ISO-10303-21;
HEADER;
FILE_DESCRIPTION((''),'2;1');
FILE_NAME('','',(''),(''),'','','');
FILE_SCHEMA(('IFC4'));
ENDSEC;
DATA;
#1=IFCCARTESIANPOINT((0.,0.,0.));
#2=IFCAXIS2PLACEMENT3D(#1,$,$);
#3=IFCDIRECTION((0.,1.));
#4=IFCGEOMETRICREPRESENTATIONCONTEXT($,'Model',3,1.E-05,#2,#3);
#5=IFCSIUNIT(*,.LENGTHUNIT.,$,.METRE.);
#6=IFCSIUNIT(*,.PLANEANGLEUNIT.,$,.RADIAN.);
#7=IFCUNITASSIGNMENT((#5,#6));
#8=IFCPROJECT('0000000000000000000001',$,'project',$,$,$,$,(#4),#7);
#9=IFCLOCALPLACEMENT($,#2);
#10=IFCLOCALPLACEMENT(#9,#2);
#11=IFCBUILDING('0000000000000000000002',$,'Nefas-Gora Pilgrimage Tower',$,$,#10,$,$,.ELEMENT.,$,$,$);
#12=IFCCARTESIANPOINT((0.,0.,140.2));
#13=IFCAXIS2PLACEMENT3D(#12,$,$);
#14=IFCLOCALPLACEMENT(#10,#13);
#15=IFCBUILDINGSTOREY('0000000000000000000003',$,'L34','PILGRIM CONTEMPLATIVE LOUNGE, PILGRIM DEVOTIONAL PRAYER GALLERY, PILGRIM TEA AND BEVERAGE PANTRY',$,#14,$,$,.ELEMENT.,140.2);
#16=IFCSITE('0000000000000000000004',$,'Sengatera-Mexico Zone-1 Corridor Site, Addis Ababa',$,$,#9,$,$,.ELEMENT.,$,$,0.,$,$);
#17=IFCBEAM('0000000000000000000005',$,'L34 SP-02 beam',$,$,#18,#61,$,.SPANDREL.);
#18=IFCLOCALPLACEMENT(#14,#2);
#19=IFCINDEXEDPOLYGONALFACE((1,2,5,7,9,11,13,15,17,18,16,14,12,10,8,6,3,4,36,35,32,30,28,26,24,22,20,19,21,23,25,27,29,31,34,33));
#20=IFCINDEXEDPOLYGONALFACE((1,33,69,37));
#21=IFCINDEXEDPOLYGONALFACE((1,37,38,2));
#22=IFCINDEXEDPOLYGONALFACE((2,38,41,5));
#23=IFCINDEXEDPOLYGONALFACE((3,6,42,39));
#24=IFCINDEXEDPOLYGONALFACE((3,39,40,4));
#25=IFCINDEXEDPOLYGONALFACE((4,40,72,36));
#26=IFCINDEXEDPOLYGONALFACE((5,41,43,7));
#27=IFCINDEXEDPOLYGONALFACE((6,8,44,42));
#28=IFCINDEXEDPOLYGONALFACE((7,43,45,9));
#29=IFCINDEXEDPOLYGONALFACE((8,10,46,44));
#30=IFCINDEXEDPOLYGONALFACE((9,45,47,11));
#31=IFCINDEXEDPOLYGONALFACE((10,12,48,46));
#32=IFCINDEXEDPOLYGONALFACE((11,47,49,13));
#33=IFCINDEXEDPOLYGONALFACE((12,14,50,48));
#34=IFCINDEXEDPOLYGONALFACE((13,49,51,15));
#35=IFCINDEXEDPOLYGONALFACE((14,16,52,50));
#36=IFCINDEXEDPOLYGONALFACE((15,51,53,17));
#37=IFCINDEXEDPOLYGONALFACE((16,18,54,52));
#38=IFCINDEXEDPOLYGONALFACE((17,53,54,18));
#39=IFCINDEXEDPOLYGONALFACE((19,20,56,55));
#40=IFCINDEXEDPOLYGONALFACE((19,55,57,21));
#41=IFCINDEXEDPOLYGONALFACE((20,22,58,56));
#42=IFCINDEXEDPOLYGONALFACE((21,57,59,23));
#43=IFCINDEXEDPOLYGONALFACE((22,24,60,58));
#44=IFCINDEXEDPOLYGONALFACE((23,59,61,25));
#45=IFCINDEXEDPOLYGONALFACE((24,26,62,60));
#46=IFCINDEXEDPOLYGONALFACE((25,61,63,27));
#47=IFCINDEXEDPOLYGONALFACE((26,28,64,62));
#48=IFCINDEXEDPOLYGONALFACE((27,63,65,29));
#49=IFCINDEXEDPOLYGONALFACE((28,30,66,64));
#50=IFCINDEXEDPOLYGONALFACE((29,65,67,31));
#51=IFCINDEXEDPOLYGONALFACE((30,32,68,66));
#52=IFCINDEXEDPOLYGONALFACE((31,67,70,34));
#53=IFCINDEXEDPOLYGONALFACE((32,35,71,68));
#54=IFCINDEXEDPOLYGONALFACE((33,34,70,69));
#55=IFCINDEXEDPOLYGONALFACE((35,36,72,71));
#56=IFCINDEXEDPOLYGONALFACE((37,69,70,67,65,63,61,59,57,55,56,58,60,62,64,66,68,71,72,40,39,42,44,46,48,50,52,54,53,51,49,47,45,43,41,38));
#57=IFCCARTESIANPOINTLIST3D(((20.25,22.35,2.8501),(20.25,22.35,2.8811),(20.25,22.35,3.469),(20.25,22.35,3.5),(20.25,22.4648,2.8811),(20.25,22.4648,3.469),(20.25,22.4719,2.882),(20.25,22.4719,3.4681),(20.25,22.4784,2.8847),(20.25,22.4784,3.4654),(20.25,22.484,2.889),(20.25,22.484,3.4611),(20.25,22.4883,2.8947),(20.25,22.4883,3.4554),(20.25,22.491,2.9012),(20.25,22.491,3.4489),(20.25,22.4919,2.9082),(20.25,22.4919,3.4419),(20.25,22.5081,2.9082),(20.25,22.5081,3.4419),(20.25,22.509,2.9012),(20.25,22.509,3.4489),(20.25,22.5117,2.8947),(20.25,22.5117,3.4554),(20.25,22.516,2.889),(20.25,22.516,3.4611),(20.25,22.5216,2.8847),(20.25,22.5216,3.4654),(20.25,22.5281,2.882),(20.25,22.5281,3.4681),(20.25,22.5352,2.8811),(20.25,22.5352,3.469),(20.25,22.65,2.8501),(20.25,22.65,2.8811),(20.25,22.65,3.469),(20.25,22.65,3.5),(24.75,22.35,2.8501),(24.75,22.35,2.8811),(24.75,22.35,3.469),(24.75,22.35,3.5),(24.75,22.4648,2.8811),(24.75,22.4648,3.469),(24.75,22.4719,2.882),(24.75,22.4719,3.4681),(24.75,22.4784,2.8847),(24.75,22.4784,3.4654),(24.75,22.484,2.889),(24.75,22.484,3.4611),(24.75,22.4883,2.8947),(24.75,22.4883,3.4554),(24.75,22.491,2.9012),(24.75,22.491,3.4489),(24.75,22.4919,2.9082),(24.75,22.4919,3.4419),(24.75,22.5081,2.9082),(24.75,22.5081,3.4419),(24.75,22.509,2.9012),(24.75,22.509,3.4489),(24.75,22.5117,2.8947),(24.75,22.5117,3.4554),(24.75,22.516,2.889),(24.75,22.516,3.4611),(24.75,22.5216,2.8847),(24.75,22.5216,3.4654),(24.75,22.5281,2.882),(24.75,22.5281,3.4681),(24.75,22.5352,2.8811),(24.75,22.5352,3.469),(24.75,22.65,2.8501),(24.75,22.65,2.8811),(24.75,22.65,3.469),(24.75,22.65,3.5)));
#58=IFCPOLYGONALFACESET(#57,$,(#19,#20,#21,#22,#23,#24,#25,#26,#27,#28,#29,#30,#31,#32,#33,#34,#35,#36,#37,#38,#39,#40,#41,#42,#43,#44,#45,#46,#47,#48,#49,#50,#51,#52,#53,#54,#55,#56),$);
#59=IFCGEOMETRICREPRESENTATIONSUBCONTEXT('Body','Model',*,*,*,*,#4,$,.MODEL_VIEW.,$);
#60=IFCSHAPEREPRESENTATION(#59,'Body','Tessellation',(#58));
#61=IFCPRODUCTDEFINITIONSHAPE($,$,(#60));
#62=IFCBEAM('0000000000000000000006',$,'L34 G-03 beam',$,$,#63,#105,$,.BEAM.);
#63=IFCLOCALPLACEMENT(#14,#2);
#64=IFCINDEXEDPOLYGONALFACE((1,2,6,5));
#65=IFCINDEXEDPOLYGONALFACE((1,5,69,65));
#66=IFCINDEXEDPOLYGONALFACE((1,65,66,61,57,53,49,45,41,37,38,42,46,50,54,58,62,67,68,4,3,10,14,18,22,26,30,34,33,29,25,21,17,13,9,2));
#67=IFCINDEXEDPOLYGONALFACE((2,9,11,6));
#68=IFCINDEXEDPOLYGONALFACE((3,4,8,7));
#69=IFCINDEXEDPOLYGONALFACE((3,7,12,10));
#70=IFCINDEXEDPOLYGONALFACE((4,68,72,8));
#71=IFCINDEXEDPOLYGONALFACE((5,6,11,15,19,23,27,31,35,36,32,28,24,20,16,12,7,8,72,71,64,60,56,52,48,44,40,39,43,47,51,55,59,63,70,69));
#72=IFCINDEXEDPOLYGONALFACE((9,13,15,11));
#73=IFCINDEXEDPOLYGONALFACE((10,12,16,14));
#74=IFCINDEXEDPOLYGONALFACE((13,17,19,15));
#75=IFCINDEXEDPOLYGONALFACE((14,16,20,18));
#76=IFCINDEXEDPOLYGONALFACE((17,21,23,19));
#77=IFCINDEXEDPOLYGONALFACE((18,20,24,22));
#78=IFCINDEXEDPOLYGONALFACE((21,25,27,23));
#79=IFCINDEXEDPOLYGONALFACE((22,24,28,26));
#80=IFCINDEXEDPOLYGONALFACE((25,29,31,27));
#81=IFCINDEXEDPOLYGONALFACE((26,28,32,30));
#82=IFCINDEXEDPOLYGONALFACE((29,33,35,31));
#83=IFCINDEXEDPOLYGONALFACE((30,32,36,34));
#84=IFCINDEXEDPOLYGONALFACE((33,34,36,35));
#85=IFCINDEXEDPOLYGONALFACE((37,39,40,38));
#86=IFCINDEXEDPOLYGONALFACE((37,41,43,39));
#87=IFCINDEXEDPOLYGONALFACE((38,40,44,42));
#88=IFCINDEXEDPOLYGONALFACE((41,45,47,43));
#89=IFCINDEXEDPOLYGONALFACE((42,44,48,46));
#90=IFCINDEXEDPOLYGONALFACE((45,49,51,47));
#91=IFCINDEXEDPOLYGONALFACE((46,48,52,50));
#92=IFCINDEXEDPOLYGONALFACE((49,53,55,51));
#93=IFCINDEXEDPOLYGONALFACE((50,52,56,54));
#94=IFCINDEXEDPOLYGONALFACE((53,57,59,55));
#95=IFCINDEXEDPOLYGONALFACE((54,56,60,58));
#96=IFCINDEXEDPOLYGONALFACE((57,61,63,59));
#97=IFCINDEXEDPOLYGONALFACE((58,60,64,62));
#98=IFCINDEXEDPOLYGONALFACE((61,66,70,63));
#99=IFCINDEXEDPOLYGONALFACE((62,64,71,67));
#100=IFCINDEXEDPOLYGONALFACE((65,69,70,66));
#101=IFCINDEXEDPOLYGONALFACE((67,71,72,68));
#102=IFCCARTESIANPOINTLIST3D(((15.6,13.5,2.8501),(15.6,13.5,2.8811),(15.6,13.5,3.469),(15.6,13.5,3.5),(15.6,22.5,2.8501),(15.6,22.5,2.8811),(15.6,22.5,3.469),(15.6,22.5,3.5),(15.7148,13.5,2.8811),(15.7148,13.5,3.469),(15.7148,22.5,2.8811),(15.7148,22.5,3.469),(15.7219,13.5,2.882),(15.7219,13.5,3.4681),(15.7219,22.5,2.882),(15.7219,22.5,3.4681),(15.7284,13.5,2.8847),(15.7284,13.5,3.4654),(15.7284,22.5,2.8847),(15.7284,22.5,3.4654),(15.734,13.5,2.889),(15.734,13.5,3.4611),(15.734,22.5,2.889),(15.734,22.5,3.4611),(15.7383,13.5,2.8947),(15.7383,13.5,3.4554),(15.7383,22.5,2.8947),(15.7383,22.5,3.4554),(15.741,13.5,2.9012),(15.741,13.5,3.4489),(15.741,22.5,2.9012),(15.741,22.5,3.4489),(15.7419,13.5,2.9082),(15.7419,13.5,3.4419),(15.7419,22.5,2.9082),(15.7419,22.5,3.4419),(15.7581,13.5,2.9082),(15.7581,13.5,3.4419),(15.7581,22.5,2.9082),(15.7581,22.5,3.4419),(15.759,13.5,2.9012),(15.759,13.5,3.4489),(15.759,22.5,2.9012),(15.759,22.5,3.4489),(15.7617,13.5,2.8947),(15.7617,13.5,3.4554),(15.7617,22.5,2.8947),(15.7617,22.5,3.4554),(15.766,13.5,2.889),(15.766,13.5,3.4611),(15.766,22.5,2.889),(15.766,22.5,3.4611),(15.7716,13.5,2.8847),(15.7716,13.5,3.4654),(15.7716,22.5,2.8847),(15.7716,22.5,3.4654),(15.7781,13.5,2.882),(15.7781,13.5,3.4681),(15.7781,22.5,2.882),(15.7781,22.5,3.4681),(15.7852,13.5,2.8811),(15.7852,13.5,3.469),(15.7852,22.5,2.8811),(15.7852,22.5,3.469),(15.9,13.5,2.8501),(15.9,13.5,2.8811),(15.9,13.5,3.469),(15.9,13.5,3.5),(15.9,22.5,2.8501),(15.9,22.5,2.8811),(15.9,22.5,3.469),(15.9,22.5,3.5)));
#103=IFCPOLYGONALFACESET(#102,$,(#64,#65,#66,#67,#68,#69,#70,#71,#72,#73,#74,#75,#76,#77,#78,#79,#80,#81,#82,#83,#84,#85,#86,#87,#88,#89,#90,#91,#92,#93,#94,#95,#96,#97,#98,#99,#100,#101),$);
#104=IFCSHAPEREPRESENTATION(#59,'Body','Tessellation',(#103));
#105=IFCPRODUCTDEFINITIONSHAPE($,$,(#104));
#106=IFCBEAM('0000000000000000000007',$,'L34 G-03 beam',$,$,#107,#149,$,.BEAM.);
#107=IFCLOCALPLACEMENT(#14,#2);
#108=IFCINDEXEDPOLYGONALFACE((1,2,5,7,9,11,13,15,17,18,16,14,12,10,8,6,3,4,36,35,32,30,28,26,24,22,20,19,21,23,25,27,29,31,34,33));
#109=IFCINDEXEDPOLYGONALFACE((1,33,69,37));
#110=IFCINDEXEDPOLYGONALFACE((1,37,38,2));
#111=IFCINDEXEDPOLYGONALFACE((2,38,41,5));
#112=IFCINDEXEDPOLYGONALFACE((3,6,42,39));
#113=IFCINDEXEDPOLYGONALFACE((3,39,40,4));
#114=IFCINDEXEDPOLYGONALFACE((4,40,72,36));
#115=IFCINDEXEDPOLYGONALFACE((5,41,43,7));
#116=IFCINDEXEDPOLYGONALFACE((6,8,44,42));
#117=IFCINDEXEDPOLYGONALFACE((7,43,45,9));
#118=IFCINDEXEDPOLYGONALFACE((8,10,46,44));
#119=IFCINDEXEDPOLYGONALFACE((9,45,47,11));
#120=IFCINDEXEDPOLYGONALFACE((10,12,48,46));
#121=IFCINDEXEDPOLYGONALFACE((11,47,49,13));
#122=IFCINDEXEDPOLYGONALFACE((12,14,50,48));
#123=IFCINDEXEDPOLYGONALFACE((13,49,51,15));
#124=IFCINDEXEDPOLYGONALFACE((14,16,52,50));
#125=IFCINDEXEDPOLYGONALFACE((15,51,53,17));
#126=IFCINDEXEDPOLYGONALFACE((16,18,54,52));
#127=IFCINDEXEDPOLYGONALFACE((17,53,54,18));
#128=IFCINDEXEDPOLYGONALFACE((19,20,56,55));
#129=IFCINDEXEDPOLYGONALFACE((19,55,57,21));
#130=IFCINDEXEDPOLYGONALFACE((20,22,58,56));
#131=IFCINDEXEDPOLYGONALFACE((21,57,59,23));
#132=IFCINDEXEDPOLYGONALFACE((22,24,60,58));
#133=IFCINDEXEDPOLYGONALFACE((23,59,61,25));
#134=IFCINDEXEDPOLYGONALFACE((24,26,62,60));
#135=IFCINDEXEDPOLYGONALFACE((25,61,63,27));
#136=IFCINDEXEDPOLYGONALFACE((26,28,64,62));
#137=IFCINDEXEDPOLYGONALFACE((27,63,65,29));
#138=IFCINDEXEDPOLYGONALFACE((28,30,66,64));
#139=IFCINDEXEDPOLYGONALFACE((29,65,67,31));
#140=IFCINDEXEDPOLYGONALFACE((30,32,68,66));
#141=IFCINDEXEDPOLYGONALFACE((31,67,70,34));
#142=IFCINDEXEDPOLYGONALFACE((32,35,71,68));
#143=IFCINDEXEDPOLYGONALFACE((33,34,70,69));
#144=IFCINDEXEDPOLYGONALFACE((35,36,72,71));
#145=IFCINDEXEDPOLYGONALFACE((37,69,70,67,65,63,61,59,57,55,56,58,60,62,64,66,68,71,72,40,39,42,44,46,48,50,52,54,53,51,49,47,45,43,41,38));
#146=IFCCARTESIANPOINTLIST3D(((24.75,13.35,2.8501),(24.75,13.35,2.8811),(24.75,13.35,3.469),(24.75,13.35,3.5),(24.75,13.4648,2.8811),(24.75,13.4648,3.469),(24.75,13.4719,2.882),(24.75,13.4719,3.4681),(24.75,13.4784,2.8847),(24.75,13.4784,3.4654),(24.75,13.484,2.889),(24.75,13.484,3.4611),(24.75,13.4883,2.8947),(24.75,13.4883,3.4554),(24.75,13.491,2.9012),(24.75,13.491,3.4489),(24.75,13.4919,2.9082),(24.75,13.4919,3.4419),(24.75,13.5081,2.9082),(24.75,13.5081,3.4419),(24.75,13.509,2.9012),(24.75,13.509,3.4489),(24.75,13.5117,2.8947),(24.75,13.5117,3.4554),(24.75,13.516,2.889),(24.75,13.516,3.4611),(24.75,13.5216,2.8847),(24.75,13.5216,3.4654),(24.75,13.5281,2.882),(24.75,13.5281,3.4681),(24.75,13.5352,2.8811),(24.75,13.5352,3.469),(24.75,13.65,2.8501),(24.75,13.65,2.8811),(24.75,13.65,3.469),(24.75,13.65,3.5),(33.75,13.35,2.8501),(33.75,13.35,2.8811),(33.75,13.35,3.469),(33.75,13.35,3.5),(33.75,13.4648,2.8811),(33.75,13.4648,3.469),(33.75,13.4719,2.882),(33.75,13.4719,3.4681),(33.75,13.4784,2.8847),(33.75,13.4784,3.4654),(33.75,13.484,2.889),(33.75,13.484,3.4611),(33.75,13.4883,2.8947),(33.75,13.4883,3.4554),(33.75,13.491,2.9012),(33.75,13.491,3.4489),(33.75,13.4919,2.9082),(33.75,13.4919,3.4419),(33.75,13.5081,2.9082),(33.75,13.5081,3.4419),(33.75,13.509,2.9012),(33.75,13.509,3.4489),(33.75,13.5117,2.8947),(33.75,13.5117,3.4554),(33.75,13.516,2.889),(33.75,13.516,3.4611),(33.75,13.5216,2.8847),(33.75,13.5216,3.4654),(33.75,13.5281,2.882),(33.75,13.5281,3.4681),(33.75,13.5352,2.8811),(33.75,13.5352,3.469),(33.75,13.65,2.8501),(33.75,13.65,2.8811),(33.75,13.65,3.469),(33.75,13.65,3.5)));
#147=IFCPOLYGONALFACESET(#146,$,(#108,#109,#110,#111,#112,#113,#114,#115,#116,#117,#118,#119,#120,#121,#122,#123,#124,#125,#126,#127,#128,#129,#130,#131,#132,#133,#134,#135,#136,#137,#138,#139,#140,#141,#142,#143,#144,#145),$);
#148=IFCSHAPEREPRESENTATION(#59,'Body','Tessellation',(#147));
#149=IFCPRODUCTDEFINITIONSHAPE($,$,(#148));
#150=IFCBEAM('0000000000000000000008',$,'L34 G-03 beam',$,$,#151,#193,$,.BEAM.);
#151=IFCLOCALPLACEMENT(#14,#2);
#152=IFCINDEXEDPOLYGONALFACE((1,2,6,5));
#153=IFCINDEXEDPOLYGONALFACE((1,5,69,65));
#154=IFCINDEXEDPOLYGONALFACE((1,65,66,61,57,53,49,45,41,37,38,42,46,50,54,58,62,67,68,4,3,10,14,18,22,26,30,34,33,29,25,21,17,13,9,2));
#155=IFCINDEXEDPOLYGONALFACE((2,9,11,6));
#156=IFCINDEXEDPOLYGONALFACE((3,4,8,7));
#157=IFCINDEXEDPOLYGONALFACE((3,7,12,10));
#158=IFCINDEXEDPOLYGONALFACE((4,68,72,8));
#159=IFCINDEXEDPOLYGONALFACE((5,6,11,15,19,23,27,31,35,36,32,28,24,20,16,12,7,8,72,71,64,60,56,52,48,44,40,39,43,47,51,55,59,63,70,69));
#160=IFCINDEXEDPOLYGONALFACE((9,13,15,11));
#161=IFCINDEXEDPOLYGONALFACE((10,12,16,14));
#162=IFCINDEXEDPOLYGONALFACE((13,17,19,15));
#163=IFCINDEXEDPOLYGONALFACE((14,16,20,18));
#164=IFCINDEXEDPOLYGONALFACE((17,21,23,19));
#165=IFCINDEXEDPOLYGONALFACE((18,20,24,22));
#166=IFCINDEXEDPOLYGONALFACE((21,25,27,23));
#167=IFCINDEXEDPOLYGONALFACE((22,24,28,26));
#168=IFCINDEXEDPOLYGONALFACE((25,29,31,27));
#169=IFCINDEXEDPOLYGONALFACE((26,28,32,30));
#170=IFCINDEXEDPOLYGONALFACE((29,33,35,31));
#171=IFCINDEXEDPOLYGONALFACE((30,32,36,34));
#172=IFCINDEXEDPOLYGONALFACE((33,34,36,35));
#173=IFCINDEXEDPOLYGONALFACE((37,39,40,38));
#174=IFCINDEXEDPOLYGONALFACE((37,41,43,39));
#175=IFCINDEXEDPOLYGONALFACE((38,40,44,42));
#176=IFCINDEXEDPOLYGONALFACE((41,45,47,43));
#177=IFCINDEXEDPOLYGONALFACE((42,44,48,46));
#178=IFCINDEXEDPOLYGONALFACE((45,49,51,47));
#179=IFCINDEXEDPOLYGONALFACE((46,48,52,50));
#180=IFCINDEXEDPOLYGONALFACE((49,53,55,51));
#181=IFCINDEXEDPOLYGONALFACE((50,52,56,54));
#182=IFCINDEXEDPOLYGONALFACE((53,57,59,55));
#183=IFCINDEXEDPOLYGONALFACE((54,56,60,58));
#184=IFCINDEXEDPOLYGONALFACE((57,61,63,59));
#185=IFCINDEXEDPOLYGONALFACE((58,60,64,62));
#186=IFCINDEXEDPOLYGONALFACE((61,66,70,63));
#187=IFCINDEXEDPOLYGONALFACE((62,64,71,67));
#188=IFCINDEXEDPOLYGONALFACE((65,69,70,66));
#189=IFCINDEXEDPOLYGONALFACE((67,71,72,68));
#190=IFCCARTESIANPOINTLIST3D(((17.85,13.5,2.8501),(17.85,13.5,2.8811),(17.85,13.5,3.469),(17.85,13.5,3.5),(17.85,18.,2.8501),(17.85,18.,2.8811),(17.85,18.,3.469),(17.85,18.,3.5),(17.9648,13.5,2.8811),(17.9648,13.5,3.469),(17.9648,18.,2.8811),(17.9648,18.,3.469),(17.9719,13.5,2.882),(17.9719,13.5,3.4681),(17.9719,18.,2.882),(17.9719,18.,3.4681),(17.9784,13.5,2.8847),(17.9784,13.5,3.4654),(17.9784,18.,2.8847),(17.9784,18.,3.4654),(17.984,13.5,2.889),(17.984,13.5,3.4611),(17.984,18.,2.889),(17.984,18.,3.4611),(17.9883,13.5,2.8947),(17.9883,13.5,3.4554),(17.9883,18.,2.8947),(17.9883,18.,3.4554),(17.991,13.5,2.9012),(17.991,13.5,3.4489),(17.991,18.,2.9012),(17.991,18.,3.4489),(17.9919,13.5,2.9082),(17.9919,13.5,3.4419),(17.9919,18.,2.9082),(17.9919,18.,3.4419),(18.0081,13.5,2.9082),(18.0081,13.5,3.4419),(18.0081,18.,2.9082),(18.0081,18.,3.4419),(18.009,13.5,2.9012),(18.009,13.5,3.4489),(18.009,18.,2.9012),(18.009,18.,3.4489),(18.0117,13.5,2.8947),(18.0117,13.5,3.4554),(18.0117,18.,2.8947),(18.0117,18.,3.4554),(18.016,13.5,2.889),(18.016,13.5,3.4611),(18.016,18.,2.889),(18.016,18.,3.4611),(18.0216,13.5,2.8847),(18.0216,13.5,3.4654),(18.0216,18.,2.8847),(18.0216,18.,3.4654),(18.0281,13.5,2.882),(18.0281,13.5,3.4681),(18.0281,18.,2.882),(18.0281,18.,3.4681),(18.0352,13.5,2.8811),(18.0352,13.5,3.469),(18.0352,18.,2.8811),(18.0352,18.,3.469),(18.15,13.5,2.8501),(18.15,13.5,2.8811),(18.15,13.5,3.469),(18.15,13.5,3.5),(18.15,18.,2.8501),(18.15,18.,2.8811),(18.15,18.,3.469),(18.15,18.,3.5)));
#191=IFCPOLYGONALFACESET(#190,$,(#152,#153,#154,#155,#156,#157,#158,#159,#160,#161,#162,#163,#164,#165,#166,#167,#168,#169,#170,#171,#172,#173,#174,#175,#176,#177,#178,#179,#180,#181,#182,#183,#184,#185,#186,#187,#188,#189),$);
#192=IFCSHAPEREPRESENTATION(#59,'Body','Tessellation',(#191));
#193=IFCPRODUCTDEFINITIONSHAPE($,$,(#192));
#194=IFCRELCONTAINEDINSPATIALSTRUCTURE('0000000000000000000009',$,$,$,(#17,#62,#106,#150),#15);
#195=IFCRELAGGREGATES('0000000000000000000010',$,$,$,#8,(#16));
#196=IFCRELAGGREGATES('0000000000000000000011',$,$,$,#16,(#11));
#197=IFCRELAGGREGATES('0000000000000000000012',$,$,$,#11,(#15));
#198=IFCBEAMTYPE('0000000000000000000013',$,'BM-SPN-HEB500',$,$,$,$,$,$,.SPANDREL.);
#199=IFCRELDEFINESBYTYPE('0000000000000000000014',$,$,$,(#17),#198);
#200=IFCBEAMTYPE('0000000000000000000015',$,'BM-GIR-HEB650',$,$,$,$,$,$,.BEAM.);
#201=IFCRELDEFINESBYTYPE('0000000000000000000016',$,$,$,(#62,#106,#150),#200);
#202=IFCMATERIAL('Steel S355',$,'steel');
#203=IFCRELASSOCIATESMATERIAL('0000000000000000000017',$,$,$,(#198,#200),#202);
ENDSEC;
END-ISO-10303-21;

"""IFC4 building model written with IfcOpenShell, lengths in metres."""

from ifc_helpers import new_model, si_unit, direction, frame, origin, origin_2d, place, context, subcontext, project, spatial, i_section, extrude, source, transform, mapped, material, material_profile, profile_set, type_object, element, save


model = new_model("IFC4")

# Units and contexts
model_context = context("Model", 3, precision=1e-05, world=origin(), true_north=direction((0.0, 1.0)))
body_context = subcontext(model_context, "Body", "Model", "MODEL_VIEW")
ifc_project = project(units=[si_unit("LENGTHUNIT", "METRE"), si_unit("PLANEANGLEUNIT", "RADIAN")], contexts=[model_context])

# Site, building, storey
site_placement = place(None, origin())
site = spatial("IfcSite", under=ifc_project, at=site_placement, Name="Sengatera-Mexico Zone-1 Corridor Site, Addis Ababa", CompositionType="ELEMENT", RefElevation=0.0)
building_placement = place(site_placement, origin())
building = spatial("IfcBuilding", under=site, at=building_placement, Name="Nefas-Gora Pilgrimage Tower", CompositionType="ELEMENT")
storey_placement = place(building_placement, frame((0.0, 0.0, 140.2)))
storey = spatial("IfcBuildingStorey", under=building, at=storey_placement, Name="L34", Description="PILGRIM CONTEMPLATIVE LOUNGE, PILGRIM DEVOTIONAL PRAYER GALLERY, PILGRIM TEA AND BEVERAGE PANTRY", CompositionType="ELEMENT", Elevation=140.2)

# Beams
ifc_material_1 = material(Name="Steel S355", Category="steel")
ifc_material_profile_1 = material_profile(ifc_material_1, i_section(OverallWidth=0.3, OverallDepth=0.6499, WebThickness=0.0161, FlangeThickness=0.031, FilletRadius=0.0271, at=origin_2d()), Name="HEB 650")
ifc_profile_set_1 = profile_set([ifc_material_profile_1], Name="Steel S355")
beam_type_1 = type_object("IfcBeamType", Name="BM-SPN-HEB500", PredefinedType="SPANDREL", material=ifc_profile_set_1)
shared_shape_1 = source(origin(), body_context, "Body", "SweptSolid", [
    extrude(i_section(OverallWidth=0.3, OverallDepth=0.6499, WebThickness=0.0161, FlangeThickness=0.031, FilletRadius=0.0271, at=origin_2d()), origin(), (0.0, 0.0, 1.0), 4.5),
])
beam_1_placement = place(storey_placement, frame((20.25, 22.5, 3.175), z_axis=(1.0, 0.0, 0.0), x_axis=(0.0, 1.0, 0.0)))
element("IfcBeam", 1, at=beam_1_placement, inside=storey, type_object=beam_type_1, Name="L34 SP-02 beam", PredefinedType="SPANDREL", context=body_context, shape_type="MappedRepresentation", body=[
    mapped(shared_shape_1, transform((0.0, 0.0, 0.0), x_axis=(1.0, 0.0, 0.0), y_axis=(0.0, 1.0, 0.0), z_axis=(0.0, 0.0, 1.0), scale=1.0)),
])
ifc_material_profile_2 = material_profile(ifc_material_1, i_section(OverallWidth=0.3, OverallDepth=0.6499, WebThickness=0.0161, FlangeThickness=0.031, FilletRadius=0.0271, at=origin_2d()), Name="HEB 650")
ifc_profile_set_2 = profile_set([ifc_material_profile_2], Name="Steel S355")
beam_type_2 = type_object("IfcBeamType", Name="BM-GIR-HEB650", PredefinedType="BEAM", material=ifc_profile_set_2)
shared_shape_2 = source(origin(), body_context, "Body", "SweptSolid", [
    extrude(i_section(OverallWidth=0.3, OverallDepth=0.6499, WebThickness=0.0161, FlangeThickness=0.031, FilletRadius=0.0271, at=origin_2d()), origin(), (0.0, 0.0, 1.0), 9.0),
])
for number, where, z_axis, x_axis, name in (
    (2, (15.75, 13.5, 3.175), (0.0, 1.0, 0.0), (-1.0, 0.0, 0.0), "L34 G-03 beam"),
    (3, (24.75, 13.5, 3.175), (1.0, 0.0, 0.0), (0.0, 1.0, 0.0), "L34 G-03 beam"),
):
    element("IfcBeam", number, at=place(storey_placement, frame(where, z_axis=z_axis, x_axis=x_axis)), inside=storey, type_object=beam_type_2, Name=name, PredefinedType="BEAM", context=body_context, shape_type="MappedRepresentation", body=[
        mapped(shared_shape_2, transform((0.0, 0.0, 0.0), x_axis=(1.0, 0.0, 0.0), y_axis=(0.0, 1.0, 0.0), z_axis=(0.0, 0.0, 1.0), scale=1.0)),
    ])
shared_shape_3 = source(origin(), body_context, "Body", "SweptSolid", [
    extrude(i_section(OverallWidth=0.3, OverallDepth=0.6499, WebThickness=0.0161, FlangeThickness=0.031, FilletRadius=0.0271, at=origin_2d()), origin(), (0.0, 0.0, 1.0), 4.5),
])
for number, where, z_axis, x_axis, name in (
    (4, (18.0, 13.5, 3.175), (0.0, 1.0, 0.0), (-1.0, 0.0, 0.0), "L34 G-03 beam"),
):
    element("IfcBeam", number, at=place(storey_placement, frame(where, z_axis=z_axis, x_axis=x_axis)), inside=storey, type_object=beam_type_2, Name=name, PredefinedType="BEAM", context=body_context, shape_type="MappedRepresentation", body=[
        mapped(shared_shape_3, transform((0.0, 0.0, 0.0), x_axis=(1.0, 0.0, 0.0), y_axis=(0.0, 1.0, 0.0), z_axis=(0.0, 0.0, 1.0), scale=1.0)),
    ])

save(model, "model.ifc")
